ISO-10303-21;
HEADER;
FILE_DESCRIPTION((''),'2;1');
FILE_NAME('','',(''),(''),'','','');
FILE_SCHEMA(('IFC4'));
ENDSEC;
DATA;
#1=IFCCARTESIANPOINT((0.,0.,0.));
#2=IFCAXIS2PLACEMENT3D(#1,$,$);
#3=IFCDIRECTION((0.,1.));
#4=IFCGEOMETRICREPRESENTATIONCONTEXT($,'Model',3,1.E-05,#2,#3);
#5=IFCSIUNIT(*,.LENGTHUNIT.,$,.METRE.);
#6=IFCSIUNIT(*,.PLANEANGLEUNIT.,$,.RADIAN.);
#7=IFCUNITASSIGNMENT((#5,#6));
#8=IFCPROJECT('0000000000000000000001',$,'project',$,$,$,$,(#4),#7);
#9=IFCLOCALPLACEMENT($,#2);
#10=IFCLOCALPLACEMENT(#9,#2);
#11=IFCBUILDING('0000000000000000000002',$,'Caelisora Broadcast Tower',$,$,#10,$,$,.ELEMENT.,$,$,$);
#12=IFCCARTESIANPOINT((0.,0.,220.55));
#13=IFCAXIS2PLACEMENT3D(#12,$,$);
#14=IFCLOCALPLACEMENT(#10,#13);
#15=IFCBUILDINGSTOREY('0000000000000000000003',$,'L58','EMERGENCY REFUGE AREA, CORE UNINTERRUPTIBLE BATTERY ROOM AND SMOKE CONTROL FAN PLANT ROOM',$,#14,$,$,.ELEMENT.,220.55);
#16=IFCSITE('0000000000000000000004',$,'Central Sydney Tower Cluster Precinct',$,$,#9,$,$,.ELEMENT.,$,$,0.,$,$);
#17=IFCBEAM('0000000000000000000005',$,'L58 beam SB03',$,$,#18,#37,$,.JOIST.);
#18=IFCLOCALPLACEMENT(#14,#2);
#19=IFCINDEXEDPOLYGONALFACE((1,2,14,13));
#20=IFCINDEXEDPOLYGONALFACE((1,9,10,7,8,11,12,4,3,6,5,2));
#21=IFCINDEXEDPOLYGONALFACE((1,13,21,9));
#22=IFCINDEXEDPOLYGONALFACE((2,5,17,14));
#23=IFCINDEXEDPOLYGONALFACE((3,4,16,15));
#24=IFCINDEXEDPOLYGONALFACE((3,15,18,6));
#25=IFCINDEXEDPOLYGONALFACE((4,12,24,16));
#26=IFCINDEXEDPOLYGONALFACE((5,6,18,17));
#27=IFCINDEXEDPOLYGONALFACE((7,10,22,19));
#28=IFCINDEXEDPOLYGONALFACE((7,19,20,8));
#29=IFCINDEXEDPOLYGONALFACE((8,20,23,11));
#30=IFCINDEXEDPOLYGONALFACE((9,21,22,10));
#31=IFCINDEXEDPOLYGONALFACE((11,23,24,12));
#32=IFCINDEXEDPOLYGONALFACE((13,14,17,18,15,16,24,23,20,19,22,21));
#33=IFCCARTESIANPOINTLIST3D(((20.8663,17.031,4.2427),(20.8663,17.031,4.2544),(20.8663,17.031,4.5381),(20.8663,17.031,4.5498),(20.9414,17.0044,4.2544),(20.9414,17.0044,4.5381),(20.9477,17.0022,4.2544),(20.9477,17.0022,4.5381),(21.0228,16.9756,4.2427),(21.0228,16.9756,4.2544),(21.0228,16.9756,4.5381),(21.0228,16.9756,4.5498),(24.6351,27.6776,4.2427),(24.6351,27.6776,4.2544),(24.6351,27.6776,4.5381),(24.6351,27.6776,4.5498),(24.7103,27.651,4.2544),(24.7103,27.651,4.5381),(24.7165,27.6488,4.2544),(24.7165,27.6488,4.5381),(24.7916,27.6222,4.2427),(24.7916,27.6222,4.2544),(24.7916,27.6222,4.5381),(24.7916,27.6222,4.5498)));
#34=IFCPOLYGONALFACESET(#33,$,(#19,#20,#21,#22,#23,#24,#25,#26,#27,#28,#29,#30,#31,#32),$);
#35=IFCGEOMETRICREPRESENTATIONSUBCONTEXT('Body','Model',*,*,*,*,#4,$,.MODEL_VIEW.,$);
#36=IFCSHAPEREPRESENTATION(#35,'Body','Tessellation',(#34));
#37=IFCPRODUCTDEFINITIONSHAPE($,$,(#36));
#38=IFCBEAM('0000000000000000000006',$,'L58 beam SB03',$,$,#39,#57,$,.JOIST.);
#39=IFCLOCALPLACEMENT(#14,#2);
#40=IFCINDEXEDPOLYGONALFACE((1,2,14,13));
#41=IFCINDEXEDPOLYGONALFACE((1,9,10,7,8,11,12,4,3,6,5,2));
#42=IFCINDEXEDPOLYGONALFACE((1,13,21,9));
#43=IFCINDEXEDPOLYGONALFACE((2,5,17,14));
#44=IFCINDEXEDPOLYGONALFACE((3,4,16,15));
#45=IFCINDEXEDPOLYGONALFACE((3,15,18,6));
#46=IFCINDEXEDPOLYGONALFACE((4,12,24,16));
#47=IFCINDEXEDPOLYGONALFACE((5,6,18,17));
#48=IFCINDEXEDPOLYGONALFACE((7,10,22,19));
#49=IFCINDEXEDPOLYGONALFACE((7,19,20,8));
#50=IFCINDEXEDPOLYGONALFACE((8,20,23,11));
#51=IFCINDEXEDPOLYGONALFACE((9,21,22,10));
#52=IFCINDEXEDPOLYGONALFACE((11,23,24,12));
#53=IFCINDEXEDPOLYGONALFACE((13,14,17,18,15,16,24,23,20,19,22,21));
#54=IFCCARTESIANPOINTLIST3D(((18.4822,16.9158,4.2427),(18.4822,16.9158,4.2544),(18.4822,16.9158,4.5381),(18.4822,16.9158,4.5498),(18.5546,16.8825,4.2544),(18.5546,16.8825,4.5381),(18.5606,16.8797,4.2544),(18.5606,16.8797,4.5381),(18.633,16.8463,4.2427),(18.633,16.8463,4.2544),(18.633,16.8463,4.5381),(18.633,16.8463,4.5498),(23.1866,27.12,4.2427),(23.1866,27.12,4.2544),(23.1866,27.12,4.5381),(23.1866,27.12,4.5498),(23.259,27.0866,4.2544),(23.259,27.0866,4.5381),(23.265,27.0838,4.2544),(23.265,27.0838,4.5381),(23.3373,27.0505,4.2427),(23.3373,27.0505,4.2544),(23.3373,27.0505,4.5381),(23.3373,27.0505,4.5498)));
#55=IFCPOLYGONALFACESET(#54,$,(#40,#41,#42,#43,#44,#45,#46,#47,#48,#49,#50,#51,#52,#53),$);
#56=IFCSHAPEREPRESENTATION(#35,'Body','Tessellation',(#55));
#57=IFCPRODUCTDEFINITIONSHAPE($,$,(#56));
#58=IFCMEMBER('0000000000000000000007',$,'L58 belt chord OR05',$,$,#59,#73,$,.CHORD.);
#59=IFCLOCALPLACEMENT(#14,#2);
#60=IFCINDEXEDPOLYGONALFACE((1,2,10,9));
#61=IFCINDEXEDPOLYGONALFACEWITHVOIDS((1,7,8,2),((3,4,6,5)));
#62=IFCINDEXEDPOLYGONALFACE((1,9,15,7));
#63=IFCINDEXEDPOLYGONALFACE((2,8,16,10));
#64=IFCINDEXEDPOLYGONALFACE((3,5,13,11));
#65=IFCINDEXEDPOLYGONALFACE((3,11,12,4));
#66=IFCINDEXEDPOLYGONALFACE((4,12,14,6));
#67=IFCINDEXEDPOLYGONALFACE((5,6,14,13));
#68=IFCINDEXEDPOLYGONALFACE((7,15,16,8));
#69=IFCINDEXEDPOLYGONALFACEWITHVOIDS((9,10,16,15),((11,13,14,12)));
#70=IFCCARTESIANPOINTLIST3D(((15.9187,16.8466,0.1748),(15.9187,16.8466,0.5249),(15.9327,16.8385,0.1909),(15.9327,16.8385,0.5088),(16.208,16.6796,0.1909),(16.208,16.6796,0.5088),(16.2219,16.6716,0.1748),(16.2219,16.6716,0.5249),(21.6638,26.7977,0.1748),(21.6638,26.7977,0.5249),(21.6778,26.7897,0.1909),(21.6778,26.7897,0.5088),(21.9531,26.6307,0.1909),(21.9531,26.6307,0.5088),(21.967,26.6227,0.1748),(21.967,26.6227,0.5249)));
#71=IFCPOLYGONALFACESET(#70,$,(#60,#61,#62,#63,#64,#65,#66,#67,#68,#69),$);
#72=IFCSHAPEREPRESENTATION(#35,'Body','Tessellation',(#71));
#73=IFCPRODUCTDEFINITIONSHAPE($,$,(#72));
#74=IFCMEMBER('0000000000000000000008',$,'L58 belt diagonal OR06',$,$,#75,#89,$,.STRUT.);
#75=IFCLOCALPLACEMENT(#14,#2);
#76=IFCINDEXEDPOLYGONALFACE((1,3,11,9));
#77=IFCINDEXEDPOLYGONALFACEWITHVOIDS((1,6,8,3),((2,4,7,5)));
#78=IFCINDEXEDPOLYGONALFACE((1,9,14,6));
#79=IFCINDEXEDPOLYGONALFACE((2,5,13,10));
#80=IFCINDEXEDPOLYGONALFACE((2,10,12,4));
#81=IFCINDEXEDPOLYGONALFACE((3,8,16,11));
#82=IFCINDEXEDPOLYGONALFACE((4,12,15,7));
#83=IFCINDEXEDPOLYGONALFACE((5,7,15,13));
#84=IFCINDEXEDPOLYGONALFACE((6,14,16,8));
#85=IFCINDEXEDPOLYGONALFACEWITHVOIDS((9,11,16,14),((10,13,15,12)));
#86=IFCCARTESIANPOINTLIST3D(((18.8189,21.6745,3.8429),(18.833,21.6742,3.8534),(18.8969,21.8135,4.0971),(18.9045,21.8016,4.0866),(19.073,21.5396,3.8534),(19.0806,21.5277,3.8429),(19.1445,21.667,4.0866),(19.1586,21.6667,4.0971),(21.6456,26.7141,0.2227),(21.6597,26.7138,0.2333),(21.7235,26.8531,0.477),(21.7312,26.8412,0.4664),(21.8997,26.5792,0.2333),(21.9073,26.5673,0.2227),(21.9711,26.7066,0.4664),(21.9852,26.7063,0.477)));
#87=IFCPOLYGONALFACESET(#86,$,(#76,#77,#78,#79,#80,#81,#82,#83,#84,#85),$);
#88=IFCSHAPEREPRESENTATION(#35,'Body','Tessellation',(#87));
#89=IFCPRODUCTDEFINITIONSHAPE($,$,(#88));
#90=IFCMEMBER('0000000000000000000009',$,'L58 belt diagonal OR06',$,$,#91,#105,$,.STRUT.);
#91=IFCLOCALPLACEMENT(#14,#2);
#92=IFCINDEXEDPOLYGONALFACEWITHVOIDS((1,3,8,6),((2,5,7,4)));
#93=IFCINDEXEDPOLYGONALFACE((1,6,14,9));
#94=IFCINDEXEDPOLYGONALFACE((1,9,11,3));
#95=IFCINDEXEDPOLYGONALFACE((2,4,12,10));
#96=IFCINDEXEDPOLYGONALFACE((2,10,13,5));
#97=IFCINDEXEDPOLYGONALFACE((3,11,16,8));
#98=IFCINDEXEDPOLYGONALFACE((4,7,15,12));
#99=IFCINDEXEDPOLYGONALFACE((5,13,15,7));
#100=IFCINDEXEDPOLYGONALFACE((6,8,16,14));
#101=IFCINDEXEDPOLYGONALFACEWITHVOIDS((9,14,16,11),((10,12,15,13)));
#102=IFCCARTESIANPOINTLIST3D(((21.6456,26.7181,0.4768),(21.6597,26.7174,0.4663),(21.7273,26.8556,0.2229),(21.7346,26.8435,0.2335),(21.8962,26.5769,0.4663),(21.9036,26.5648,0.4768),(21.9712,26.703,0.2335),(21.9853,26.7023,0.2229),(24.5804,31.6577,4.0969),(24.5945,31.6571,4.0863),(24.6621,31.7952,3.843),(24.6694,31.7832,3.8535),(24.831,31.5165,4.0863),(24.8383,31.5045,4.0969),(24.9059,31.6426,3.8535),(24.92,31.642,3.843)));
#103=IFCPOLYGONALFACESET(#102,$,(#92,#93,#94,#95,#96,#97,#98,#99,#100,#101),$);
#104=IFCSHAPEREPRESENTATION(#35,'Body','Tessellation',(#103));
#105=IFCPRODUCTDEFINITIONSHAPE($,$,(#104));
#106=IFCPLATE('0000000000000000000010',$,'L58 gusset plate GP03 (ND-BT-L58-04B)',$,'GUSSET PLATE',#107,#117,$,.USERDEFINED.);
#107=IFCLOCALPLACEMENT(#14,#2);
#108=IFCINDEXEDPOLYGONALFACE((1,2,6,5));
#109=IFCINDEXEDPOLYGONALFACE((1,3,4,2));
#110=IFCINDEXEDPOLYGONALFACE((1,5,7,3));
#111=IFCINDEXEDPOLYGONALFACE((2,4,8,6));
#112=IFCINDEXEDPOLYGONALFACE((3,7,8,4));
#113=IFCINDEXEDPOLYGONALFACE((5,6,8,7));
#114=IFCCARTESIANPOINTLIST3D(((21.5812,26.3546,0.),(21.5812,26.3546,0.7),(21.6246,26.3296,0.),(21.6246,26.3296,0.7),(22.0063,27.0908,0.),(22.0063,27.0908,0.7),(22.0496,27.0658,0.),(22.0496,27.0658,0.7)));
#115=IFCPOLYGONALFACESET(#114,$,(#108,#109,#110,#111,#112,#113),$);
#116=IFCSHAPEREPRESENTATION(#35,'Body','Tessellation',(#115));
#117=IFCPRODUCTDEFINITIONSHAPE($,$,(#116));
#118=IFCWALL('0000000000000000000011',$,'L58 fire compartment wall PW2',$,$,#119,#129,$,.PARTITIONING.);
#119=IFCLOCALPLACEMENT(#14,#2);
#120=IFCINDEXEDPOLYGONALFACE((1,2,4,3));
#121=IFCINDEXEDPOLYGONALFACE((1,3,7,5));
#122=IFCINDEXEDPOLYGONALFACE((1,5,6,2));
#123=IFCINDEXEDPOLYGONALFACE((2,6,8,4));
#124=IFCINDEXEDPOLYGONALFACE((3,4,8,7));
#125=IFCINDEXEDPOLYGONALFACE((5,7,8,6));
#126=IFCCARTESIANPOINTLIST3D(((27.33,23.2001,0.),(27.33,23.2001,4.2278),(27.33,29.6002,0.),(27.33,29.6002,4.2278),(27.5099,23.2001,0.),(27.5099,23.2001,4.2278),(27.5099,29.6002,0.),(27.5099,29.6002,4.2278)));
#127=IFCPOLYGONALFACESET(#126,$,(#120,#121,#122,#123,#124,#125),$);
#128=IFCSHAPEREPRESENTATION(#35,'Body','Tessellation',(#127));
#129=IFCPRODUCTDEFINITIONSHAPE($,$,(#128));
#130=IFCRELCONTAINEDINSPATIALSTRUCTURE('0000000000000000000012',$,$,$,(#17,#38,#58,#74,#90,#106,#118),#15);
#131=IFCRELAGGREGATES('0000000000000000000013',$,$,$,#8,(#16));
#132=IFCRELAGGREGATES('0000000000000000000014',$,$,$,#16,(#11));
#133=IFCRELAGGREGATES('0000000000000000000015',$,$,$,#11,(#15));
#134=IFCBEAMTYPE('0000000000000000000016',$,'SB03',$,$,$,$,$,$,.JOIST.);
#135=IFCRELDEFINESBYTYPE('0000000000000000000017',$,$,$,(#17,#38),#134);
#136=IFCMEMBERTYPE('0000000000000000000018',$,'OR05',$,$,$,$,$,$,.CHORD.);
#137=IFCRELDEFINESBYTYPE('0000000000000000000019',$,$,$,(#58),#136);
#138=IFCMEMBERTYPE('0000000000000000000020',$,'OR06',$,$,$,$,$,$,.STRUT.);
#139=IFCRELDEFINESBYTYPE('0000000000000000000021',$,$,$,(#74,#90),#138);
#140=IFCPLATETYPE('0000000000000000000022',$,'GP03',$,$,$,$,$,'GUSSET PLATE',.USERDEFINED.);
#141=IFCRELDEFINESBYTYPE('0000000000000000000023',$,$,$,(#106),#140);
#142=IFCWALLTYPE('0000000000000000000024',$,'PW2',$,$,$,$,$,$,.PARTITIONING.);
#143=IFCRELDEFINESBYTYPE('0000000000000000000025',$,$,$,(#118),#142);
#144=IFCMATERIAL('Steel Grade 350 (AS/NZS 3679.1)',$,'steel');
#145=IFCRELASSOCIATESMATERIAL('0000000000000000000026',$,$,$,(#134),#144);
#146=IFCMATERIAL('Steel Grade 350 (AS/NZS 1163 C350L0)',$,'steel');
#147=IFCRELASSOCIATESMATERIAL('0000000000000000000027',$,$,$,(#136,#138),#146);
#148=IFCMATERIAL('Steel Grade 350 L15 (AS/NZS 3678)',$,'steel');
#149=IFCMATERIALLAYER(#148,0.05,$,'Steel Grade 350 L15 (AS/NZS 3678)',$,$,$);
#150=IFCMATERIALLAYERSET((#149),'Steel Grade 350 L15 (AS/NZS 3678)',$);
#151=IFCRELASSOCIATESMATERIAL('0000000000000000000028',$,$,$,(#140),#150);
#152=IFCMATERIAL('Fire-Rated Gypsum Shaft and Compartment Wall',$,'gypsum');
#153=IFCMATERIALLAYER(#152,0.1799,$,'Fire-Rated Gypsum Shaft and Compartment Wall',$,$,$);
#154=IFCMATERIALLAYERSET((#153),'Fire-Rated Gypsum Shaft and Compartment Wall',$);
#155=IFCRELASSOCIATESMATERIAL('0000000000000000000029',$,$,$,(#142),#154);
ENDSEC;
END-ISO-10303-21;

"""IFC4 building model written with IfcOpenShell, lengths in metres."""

from ifc_helpers import new_model, si_unit, direction, frame, frame_2d, origin, origin_2d, place, context, subcontext, project, spatial, rectangle, hollow_rectangle, i_section, extrude, source, transform, mapped, material, layer, layer_set, material_profile, profile_set, type_object, type_shapes, element, save


model = new_model("IFC4")

# Units and contexts
model_context = context("Model", 3, precision=1e-05, world=origin(), true_north=direction((0.0, 1.0)))
body_context = subcontext(model_context, "Body", "Model", "MODEL_VIEW")
ifc_project = project(units=[si_unit("LENGTHUNIT", "METRE"), si_unit("PLANEANGLEUNIT", "RADIAN")], contexts=[model_context])

# Site, building, storey
site_placement = place(None, origin())
site = spatial("IfcSite", under=ifc_project, at=site_placement, Name="Central Sydney Tower Cluster Precinct", CompositionType="ELEMENT", RefElevation=0.0)
building_placement = place(site_placement, origin())
building = spatial("IfcBuilding", under=site, at=building_placement, Name="Caelisora Broadcast Tower", CompositionType="ELEMENT")
storey_placement = place(building_placement, frame((0.0, 0.0, 220.55)))
storey = spatial("IfcBuildingStorey", under=building, at=storey_placement, Name="L58", Description="EMERGENCY REFUGE AREA, CORE UNINTERRUPTIBLE BATTERY ROOM AND SMOKE CONTROL FAN PLANT ROOM", CompositionType="ELEMENT", Elevation=220.55)

# Shared definitions
ifc_material_1 = material(Name="Steel Grade 350 (AS/NZS 3679.1)", Category="steel")
ifc_material_2 = material(Name="Steel Grade 350 L15 (AS/NZS 3678)", Category="steel")

# Shared definitions
ifc_material_3 = material(Name="Steel Grade 350 (AS/NZS 1163 C350L0)", Category="steel")

# Beams
ifc_material_profile_1 = material_profile(ifc_material_1, i_section(OverallWidth=0.166, OverallDepth=0.3071, WebThickness=0.0066, FlangeThickness=0.0117, at=origin_2d()), Name="Steel Grade 350 (AS/NZS 3679.1)")
ifc_profile_set_1 = profile_set([ifc_material_profile_1], Name="Steel Grade 350 (AS/NZS 3679.1)")
beam_type_1 = type_object("IfcBeamType", Name="SB03", PredefinedType="JOIST", material=ifc_profile_set_1)
shared_shape_1 = source(origin(), body_context, "Body", "SweptSolid", [
    extrude(i_section(OverallWidth=0.166, OverallDepth=0.3071, WebThickness=0.0066, FlangeThickness=0.0117, at=origin_2d()), origin(), (0.0, 0.0, 1.0), 11.2939),
])
beam_1_placement = place(storey_placement, frame((24.7134, 27.6499, 4.3962), z_axis=(-0.333703, -0.942678, 0.0), x_axis=(0.942678, -0.333703, 0.0)))
element("IfcBeam", 1, at=beam_1_placement, inside=storey, type_object=beam_type_1, Name="L58 beam SB03", PredefinedType="JOIST", context=body_context, shape_type="MappedRepresentation", body=[
    mapped(shared_shape_1, transform((0.0, 0.0, 0.0), scale=1.0)),
])
shared_shape_2 = source(origin(), body_context, "Body", "SweptSolid", [
    extrude(i_section(OverallWidth=0.166, OverallDepth=0.3071, WebThickness=0.0066, FlangeThickness=0.0117, at=origin_2d()), origin(), (0.0, 0.0, 1.0), 11.2363),
])
beam_2_placement = place(storey_placement, frame((23.262, 27.0852, 4.3962), z_axis=(-0.418674, -0.908137, 0.0), x_axis=(0.908137, -0.418674, 0.0)))
element("IfcBeam", 2, at=beam_2_placement, inside=storey, type_object=beam_type_1, Name="L58 beam SB03", PredefinedType="JOIST", context=body_context, shape_type="MappedRepresentation", body=[
    mapped(shared_shape_2, transform((0.0, 0.0, 0.0), scale=1.0)),
])

# Members
ifc_material_profile_2 = material_profile(ifc_material_3, hollow_rectangle(XDim=0.3501, YDim=0.3501, WallThickness=0.0161, at=origin_2d()), Name="Steel Grade 350 (AS/NZS 1163 C350L0)")
ifc_profile_set_2 = profile_set([ifc_material_profile_2], Name="Steel Grade 350 (AS/NZS 1163 C350L0)")
member_type_1 = type_object("IfcMemberType", Name="OR05", PredefinedType="CHORD", material=ifc_profile_set_2)
shared_shape_3 = source(origin(), body_context, "Body", "SweptSolid", [
    extrude(hollow_rectangle(XDim=0.3501, YDim=0.3501, WallThickness=0.0161, at=origin_2d()), origin(), (0.0, 0.0, 1.0), 11.4905),
])
type_shapes(member_type_1, [shared_shape_3])
member_1_placement = place(storey_placement, frame((21.8154, 26.7102, 0.3499), z_axis=(-0.499987, -0.866033, 0.0), x_axis=(0.866033, -0.499987, 0.0)))
element("IfcMember", 3, at=member_1_placement, inside=storey, type_object=member_type_1, Name="L58 belt chord OR05", PredefinedType="CHORD", context=body_context, shape_type="MappedRepresentation", body=[
    mapped(shared_shape_3, transform((0.0, 0.0, 0.0), scale=1.0)),
])
ifc_material_profile_3 = material_profile(ifc_material_3, hollow_rectangle(XDim=0.3, YDim=0.3, WallThickness=0.0125, at=origin_2d()), Name="Steel Grade 350 (AS/NZS 1163 C350L0)")
ifc_profile_set_3 = profile_set([ifc_material_profile_3], Name="Steel Grade 350 (AS/NZS 1163 C350L0)")
member_type_2 = type_object("IfcMemberType", Name="OR06", PredefinedType="STRUT", material=ifc_profile_set_3)
shared_shape_4 = source(origin(), body_context, "Body", "SweptSolid", [
    extrude(hollow_rectangle(XDim=0.3, YDim=0.3, WallThickness=0.0125, at=origin_2d()), origin(), (0.0, 0.0, 1.0), 6.8186),
])
member_2_placement = place(storey_placement, frame((21.8154, 26.7102, 0.3499), z_axis=(-0.414556, -0.739097, 0.530924), x_axis=(0.872173, -0.489198, 0.0)))
element("IfcMember", 4, at=member_2_placement, inside=storey, type_object=member_type_2, Name="L58 belt diagonal OR06", PredefinedType="STRUT", context=body_context, shape_type="MappedRepresentation", body=[
    mapped(shared_shape_4, transform((0.0, 0.0, 0.0), scale=1.0)),
])
shared_shape_5 = source(origin(), body_context, "Body", "SweptSolid", [
    extrude(hollow_rectangle(XDim=0.3, YDim=0.3, WallThickness=0.0125, at=origin_2d()), origin(), (0.0, 0.0, 1.0), 6.791),
])
type_shapes(member_type_2, [shared_shape_4, shared_shape_5])
member_3_placement = place(storey_placement, frame((21.8154, 26.7102, 0.3499), z_axis=(0.432156, 0.727378, 0.533068), x_axis=(-0.859712, 0.510779, 0.0)))
element("IfcMember", 5, at=member_3_placement, inside=storey, type_object=member_type_2, Name="L58 belt diagonal OR06", PredefinedType="STRUT", context=body_context, shape_type="MappedRepresentation", body=[
    mapped(shared_shape_5, transform((0.0, 0.0, 0.0), scale=1.0)),
])

# Plate
ifc_layer_1 = layer(ifc_material_2, 0.05, Name="Steel Grade 350 L15 (AS/NZS 3678)")
ifc_layer_set_1 = layer_set([ifc_layer_1], Name="Steel Grade 350 L15 (AS/NZS 3678)")
plate_type = type_object("IfcPlateType", Name="GP03", ElementType="GUSSET PLATE", PredefinedType="USERDEFINED", material=ifc_layer_set_1)
shared_shape_6 = source(origin(), body_context, "Body", "SweptSolid", [
    extrude(rectangle(XDim=0.8501, YDim=0.05, at=origin_2d()), origin(), (0.0, 0.0, 1.0), 0.7),
])
type_shapes(plate_type, [shared_shape_6])
plate_placement = place(storey_placement, frame((21.8154, 26.7102, 0.0), z_axis=(0.0, 0.0, 1.0), x_axis=(-0.5, -0.866025, 0.0)))
element("IfcPlate", 6, at=plate_placement, inside=storey, type_object=plate_type, Name="L58 gusset plate GP03 (ND-BT-L58-04B)", ObjectType="GUSSET PLATE", PredefinedType="USERDEFINED", context=body_context, shape_type="MappedRepresentation", body=[
    mapped(shared_shape_6, transform((0.0, 0.0, 0.0), scale=1.0)),
])

# Wall
ifc_material_4 = material(Name="Fire-Rated Gypsum Shaft and Compartment Wall", Category="gypsum")
ifc_layer_2 = layer(ifc_material_4, 0.1799, Name="Fire-Rated Gypsum Shaft and Compartment Wall")
ifc_layer_set_2 = layer_set([ifc_layer_2], Name="Fire-Rated Gypsum Shaft and Compartment Wall")
wall_type = type_object("IfcWallType", Name="PW2", PredefinedType="PARTITIONING", material=ifc_layer_set_2)
wall_1_placement = place(storey_placement, frame((27.4199, 23.2, 0.0), z_axis=(0.0, 0.0, 1.0), x_axis=(0.0, 1.0, 0.0)))
element("IfcWall", 7, at=wall_1_placement, inside=storey, type_object=wall_type, Name="L58 fire compartment wall PW2", PredefinedType="PARTITIONING", context=body_context, shape_type="SweptSolid", body=[
    extrude(rectangle(XDim=6.4001, YDim=0.1799, at=frame_2d((3.2002, 0.0))), origin(), (0.0, 0.0, 1.0), 4.2278),
])

save(model, "model.ifc")
